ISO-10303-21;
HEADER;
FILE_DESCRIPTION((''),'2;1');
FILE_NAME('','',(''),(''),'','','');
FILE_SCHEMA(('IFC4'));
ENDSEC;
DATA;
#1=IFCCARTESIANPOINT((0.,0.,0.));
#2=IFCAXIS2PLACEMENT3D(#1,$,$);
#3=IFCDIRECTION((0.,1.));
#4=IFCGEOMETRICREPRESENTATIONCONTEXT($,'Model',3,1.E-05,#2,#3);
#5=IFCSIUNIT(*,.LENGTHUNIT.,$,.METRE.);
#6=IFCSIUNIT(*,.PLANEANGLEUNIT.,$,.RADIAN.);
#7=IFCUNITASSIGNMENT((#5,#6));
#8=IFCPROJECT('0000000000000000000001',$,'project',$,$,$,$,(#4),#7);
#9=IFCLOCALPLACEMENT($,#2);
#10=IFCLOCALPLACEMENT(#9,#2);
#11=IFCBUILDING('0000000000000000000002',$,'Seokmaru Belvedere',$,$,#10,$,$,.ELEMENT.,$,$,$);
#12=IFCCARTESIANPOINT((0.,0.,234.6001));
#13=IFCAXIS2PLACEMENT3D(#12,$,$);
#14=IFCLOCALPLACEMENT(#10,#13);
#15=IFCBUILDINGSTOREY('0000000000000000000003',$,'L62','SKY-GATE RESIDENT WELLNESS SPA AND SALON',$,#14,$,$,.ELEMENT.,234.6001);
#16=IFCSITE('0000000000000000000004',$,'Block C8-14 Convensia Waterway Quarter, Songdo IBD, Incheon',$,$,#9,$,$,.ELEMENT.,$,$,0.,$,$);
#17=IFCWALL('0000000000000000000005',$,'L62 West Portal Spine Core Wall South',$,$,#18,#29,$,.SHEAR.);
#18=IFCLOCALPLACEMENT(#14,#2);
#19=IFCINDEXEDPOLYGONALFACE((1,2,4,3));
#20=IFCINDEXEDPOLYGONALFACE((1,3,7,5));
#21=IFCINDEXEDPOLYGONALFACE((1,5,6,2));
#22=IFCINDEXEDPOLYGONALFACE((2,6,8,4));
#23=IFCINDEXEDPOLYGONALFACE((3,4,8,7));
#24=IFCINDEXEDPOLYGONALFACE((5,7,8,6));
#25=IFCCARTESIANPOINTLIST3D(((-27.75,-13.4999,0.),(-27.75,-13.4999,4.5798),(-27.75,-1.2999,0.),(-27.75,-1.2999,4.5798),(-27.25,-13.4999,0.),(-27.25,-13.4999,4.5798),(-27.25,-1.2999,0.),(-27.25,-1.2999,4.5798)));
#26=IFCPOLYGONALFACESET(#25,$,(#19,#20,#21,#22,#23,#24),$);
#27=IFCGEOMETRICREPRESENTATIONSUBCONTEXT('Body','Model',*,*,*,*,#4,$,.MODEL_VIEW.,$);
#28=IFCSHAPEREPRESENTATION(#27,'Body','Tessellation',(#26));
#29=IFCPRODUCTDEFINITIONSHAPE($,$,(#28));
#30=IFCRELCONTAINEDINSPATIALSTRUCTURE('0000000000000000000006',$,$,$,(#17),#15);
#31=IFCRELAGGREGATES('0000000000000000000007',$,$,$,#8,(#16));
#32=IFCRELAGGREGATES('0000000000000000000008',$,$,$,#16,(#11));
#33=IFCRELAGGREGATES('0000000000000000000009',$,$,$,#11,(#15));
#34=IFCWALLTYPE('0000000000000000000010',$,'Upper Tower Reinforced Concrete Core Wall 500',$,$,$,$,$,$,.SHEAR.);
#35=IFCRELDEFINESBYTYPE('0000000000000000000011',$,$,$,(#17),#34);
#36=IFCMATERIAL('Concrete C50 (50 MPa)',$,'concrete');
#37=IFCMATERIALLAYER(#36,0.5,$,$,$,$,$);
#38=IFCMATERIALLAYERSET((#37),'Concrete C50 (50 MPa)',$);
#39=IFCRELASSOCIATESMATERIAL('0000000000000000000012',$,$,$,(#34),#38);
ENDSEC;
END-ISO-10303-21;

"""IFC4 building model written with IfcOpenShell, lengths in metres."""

from ifc_helpers import new_model, si_unit, direction, frame, frame_2d, origin, place, context, subcontext, project, spatial, rectangle, extrude, material, layer, layer_set, type_object, element, save


model = new_model("IFC4")

# Units and contexts
model_context = context("Model", 3, precision=1e-05, world=origin(), true_north=direction((0.0, 1.0)))
body_context = subcontext(model_context, "Body", "Model", "MODEL_VIEW")
ifc_project = project(units=[si_unit("LENGTHUNIT", "METRE"), si_unit("PLANEANGLEUNIT", "RADIAN")], contexts=[model_context])

# Site, building, storey
site_placement = place(None, origin())
site = spatial("IfcSite", under=ifc_project, at=site_placement, Name="Block C8-14 Convensia Waterway Quarter, Songdo IBD, Incheon", CompositionType="ELEMENT", RefElevation=0.0)
building_placement = place(site_placement, origin())
building = spatial("IfcBuilding", under=site, at=building_placement, Name="Seokmaru Belvedere", CompositionType="ELEMENT")
storey_placement = place(building_placement, frame((0.0, 0.0, 234.6001)))
storey = spatial("IfcBuildingStorey", under=building, at=storey_placement, Name="L62", Description="SKY-GATE RESIDENT WELLNESS SPA AND SALON", CompositionType="ELEMENT", Elevation=234.6001)

# Wall
ifc_material_1 = material(Name="Concrete C50 (50 MPa)", Category="concrete")
ifc_layer_1 = layer(ifc_material_1, 0.5)
ifc_layer_set_1 = layer_set([ifc_layer_1], Name="Concrete C50 (50 MPa)")
wall_type_1 = type_object("IfcWallType", Name="Upper Tower Reinforced Concrete Core Wall 500", PredefinedType="SHEAR", material=ifc_layer_set_1)
wall_1_placement = place(storey_placement, frame((-27.5, -13.5, 0.0), z_axis=(0.0, 0.0, 1.0), x_axis=(0.0, 1.0, 0.0)))
element("IfcWall", 1, at=wall_1_placement, inside=storey, type_object=wall_type_1, Name="L62 West Portal Spine Core Wall South", PredefinedType="SHEAR", context=body_context, shape_type="SweptSolid", body=[
    extrude(rectangle(XDim=12.2, YDim=0.5, at=frame_2d((6.1001, 0.0))), origin(), (0.0, 0.0, 1.0), 4.5798),
])

save(model, "model.ifc")
